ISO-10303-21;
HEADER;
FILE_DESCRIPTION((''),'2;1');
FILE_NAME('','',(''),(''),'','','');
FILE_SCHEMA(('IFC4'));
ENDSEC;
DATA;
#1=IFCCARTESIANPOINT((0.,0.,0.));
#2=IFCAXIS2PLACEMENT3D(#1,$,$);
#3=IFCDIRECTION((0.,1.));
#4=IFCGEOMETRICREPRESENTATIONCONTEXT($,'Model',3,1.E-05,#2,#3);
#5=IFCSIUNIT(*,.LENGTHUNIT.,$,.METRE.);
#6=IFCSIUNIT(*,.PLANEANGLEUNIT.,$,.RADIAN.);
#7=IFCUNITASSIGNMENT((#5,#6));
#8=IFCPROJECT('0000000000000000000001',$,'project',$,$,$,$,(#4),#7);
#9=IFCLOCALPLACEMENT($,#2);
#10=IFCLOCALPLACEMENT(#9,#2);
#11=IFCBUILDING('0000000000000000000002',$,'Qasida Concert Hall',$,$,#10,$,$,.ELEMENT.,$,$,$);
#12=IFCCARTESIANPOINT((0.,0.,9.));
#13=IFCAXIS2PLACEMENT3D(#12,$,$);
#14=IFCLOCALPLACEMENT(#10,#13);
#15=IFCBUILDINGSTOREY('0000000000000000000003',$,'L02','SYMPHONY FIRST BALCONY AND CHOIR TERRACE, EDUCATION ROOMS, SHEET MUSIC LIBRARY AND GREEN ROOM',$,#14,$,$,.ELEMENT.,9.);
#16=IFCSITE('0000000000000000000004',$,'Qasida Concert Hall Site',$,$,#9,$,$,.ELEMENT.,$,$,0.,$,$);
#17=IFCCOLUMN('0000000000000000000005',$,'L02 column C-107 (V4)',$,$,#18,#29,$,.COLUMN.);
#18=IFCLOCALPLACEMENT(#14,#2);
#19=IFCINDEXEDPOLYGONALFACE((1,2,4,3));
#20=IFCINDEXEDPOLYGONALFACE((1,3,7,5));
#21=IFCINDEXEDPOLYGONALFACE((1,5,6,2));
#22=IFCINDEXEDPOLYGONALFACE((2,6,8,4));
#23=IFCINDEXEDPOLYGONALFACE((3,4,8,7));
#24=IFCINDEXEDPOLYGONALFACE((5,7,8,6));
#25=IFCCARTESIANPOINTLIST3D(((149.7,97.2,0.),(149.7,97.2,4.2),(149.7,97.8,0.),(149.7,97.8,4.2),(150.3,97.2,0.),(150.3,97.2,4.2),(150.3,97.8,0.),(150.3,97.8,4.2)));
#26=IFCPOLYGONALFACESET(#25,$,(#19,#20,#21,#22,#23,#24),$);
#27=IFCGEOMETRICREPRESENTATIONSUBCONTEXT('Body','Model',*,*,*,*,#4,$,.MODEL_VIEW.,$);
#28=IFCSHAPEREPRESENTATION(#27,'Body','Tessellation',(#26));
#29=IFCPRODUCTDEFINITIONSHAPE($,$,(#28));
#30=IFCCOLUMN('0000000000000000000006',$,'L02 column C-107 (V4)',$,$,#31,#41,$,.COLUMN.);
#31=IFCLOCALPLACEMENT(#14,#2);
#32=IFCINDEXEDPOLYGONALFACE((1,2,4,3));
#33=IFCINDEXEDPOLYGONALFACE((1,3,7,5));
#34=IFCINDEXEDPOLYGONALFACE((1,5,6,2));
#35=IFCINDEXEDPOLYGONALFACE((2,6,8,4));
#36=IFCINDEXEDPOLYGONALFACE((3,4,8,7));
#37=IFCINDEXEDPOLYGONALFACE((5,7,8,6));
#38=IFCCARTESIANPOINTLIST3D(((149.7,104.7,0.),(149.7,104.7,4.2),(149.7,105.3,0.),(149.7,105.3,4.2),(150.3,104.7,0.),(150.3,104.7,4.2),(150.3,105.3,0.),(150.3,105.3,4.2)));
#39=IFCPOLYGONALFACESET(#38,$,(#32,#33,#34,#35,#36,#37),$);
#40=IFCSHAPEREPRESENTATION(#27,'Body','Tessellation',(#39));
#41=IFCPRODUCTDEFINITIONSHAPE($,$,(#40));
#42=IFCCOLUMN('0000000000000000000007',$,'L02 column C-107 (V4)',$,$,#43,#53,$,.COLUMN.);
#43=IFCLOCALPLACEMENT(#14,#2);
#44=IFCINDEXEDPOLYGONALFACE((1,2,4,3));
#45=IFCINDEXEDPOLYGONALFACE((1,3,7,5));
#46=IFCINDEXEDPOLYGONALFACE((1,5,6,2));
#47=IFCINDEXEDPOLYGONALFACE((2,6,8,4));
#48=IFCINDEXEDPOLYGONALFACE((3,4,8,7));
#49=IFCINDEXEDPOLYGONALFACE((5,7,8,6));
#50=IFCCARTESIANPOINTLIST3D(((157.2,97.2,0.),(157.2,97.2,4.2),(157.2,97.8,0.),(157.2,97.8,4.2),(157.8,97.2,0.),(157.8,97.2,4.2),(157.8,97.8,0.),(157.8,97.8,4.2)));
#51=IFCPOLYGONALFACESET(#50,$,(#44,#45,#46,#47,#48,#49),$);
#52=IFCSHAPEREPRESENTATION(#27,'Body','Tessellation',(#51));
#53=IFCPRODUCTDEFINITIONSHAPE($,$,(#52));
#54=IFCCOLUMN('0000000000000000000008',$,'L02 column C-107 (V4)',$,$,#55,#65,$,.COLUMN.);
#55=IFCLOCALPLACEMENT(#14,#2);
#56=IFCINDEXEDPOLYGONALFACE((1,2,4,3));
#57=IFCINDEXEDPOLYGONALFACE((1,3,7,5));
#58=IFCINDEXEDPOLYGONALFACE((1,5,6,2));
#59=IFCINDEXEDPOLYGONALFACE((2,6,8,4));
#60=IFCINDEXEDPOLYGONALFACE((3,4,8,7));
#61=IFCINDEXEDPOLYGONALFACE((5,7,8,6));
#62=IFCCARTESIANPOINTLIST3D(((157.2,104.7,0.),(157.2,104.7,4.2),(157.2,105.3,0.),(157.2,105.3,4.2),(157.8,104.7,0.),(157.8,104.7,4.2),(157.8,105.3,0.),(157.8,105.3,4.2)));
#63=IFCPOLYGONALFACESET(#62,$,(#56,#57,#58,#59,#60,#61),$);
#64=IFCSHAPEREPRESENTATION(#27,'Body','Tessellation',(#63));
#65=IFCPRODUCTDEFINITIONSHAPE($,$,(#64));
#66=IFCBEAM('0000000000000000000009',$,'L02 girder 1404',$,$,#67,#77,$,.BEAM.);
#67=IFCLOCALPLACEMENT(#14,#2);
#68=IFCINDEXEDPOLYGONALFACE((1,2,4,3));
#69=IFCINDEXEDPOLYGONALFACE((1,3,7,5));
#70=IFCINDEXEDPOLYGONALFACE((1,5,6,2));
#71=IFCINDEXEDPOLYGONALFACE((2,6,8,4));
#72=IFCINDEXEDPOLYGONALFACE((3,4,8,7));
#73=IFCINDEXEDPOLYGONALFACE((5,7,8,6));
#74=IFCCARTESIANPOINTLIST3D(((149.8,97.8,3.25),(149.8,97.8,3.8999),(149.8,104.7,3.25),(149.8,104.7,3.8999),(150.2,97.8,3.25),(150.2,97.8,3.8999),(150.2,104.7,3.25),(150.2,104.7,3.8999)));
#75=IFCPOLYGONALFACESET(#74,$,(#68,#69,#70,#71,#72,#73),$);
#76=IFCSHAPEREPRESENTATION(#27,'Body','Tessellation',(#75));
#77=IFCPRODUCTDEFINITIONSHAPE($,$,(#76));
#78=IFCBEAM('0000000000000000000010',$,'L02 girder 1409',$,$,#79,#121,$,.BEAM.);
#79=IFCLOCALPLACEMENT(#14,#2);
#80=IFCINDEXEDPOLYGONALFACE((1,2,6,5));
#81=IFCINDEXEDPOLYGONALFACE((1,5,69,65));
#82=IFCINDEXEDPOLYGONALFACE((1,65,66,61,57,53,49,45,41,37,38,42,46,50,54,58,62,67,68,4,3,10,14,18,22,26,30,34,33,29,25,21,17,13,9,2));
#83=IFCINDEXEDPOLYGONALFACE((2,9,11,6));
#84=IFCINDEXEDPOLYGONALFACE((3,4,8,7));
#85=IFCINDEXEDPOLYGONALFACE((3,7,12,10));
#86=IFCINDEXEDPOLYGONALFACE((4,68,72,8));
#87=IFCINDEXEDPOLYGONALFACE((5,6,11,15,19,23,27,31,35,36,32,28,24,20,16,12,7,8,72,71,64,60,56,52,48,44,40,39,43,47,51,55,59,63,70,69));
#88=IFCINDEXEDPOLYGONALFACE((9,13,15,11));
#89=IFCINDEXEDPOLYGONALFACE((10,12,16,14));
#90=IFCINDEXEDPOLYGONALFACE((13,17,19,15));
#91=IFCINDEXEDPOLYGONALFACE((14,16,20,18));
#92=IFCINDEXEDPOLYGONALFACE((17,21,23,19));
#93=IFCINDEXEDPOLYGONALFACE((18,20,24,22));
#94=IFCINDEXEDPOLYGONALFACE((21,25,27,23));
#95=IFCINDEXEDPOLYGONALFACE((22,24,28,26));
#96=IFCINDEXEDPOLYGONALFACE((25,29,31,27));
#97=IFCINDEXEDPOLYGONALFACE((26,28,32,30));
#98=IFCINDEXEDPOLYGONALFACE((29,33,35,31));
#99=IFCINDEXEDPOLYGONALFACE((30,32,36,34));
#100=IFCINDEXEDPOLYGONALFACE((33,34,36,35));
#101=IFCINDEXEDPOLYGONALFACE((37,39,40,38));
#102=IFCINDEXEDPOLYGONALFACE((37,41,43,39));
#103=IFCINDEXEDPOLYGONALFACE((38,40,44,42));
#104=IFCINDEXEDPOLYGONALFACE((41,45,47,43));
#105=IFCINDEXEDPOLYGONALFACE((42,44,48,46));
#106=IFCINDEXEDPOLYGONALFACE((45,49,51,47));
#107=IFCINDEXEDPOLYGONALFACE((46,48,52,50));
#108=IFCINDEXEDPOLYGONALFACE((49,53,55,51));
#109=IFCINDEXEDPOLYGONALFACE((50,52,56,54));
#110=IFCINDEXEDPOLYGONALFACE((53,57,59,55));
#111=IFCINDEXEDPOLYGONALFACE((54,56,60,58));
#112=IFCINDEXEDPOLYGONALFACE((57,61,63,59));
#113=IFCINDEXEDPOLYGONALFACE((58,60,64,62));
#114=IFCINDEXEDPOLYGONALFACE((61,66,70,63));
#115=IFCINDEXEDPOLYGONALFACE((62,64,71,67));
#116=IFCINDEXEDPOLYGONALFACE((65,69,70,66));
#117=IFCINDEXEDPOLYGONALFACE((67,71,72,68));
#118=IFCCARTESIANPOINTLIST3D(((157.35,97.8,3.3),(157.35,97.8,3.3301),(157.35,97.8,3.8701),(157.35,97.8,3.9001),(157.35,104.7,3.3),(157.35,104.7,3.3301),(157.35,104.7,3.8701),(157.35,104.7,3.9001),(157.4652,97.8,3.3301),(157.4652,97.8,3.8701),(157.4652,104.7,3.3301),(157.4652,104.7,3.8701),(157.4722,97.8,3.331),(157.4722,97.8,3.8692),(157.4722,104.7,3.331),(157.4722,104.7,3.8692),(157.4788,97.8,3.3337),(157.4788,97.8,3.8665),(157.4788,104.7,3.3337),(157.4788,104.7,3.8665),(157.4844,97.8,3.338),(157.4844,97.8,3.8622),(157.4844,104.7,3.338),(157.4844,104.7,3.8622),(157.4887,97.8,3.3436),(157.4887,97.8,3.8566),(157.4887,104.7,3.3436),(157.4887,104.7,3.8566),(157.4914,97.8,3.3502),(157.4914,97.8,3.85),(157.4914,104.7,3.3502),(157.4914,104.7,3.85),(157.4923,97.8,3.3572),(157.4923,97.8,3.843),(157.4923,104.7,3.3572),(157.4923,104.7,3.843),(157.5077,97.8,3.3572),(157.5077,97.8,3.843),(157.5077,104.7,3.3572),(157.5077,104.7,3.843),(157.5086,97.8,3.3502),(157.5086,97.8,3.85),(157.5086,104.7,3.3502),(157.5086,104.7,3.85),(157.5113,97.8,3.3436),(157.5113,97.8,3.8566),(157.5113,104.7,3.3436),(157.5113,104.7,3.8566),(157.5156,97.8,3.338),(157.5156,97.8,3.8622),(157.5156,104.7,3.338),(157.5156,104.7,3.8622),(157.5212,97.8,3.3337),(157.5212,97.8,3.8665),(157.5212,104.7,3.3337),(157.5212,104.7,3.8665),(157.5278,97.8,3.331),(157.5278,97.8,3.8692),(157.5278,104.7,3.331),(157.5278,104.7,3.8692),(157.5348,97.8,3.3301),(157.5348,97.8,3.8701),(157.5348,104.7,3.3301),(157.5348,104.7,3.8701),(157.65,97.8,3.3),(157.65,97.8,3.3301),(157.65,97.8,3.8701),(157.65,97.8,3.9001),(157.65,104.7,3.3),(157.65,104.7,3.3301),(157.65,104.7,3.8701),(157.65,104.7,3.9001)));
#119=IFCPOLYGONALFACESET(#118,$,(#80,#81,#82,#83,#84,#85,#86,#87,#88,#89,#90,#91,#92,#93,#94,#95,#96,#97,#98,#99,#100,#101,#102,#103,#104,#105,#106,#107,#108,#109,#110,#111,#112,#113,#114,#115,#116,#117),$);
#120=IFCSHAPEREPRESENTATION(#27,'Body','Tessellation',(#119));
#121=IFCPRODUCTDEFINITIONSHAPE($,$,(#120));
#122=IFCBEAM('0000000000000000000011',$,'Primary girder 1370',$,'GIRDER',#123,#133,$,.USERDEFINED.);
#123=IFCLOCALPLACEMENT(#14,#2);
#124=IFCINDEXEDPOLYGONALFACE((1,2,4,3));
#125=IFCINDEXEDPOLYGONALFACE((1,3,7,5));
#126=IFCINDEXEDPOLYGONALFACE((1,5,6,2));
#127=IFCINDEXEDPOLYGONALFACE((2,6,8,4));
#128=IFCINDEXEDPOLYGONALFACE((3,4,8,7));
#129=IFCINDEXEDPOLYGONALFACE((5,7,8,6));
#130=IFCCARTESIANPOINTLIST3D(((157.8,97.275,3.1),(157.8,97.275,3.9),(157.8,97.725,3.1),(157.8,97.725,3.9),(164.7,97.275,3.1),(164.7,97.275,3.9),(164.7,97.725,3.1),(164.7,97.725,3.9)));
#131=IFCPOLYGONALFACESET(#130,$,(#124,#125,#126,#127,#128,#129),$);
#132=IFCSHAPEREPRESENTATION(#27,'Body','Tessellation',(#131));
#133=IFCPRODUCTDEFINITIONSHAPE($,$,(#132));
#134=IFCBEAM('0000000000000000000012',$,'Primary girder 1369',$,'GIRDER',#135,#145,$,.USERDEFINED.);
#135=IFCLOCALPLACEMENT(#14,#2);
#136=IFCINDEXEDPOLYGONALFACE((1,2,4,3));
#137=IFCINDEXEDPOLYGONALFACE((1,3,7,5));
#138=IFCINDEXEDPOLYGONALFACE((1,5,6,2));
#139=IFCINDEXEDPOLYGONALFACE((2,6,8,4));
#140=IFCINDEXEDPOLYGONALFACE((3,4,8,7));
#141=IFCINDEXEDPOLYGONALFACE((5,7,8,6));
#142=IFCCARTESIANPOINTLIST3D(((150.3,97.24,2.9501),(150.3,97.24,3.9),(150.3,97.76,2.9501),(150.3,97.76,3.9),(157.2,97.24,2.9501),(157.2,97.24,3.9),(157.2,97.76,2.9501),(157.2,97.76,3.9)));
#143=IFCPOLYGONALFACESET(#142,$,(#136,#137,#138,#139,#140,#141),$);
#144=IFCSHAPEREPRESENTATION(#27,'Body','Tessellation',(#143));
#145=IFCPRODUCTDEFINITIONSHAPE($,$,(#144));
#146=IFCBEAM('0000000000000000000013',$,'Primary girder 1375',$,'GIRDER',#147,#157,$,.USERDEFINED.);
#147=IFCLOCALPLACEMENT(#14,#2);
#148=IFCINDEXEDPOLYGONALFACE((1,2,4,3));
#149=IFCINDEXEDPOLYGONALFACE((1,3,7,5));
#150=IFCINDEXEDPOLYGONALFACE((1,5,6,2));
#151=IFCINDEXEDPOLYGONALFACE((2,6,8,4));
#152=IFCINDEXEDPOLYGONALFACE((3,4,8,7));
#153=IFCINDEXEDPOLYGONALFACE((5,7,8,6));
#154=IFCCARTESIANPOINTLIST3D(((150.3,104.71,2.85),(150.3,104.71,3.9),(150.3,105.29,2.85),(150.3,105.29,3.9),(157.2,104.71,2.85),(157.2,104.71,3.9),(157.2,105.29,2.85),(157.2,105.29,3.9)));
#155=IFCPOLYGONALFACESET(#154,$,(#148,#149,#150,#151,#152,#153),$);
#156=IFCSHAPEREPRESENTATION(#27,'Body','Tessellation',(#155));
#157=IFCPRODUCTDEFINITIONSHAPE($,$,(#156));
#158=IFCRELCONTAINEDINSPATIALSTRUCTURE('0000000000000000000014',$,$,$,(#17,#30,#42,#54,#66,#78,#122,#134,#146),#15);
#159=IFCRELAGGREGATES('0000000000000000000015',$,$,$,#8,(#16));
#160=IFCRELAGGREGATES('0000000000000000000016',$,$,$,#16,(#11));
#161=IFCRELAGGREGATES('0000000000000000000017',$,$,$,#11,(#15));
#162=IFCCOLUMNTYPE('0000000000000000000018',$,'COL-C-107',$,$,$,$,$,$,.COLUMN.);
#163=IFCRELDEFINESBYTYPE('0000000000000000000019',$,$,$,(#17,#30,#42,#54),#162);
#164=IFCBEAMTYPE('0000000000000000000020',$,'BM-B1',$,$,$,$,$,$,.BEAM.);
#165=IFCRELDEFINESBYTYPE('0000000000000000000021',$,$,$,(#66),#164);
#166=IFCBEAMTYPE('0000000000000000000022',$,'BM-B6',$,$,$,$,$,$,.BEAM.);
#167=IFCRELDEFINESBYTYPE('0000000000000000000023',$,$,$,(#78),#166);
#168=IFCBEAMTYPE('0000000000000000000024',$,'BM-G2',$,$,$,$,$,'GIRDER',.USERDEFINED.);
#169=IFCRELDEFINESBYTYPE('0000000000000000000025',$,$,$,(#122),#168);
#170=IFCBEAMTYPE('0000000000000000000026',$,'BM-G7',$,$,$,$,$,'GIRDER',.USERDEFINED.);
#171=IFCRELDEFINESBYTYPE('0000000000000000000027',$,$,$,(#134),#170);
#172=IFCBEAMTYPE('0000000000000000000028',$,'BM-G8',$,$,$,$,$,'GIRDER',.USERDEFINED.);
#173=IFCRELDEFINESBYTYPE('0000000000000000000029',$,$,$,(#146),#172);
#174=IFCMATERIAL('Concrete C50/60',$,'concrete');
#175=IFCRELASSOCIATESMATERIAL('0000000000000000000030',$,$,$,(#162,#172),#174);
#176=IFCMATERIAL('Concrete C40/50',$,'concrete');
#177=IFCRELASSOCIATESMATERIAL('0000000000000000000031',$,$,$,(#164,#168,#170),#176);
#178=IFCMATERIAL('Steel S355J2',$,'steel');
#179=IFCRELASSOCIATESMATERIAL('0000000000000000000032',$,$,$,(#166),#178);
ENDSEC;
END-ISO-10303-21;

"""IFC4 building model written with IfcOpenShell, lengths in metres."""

from ifc_helpers import new_model, si_unit, direction, frame, origin, origin_2d, place, context, subcontext, project, spatial, rectangle, i_section, extrude, material, material_profile, profile_set, type_object, element, save


model = new_model("IFC4")

# Units and contexts
model_context = context("Model", 3, precision=1e-05, world=origin(), true_north=direction((0.0, 1.0)))
body_context = subcontext(model_context, "Body", "Model", "MODEL_VIEW")
ifc_project = project(units=[si_unit("LENGTHUNIT", "METRE"), si_unit("PLANEANGLEUNIT", "RADIAN")], contexts=[model_context])

# Site, building, storey
site_placement = place(None, origin())
site = spatial("IfcSite", under=ifc_project, at=site_placement, Name="Qasida Concert Hall Site", CompositionType="ELEMENT", RefElevation=0.0)
building_placement = place(site_placement, origin())
building = spatial("IfcBuilding", under=site, at=building_placement, Name="Qasida Concert Hall", CompositionType="ELEMENT")
storey_placement = place(building_placement, frame((0.0, 0.0, 9.0)))
storey = spatial("IfcBuildingStorey", under=building, at=storey_placement, Name="L02", Description="SYMPHONY FIRST BALCONY AND CHOIR TERRACE, EDUCATION ROOMS, SHEET MUSIC LIBRARY AND GREEN ROOM", CompositionType="ELEMENT", Elevation=9.0)

# Columns
ifc_material_1 = material(Name="Concrete C50/60", Category="concrete")
ifc_material_profile_1 = material_profile(ifc_material_1, rectangle(XDim=0.6001, YDim=0.6001, at=origin_2d()), Name="RC 600x600")
ifc_profile_set_1 = profile_set([ifc_material_profile_1], Name="Concrete C50/60")
column_type = type_object("IfcColumnType", Name="COL-C-107", PredefinedType="COLUMN", material=ifc_profile_set_1)
for number, where, z_axis, x_axis, name in (
    (1, (150.0, 97.5, 0.0), (0.0, 0.0, 1.0), (1.0, 0.0, 0.0), "L02 column C-107 (V4)"),
    (2, (150.0, 105.0, 0.0), (0.0, 0.0, 1.0), (1.0, 0.0, 0.0), "L02 column C-107 (V4)"),
    (3, (157.5, 97.5, 0.0), (0.0, 0.0, 1.0), (1.0, 0.0, 0.0), "L02 column C-107 (V4)"),
    (4, (157.5, 105.0, 0.0), (0.0, 0.0, 1.0), (1.0, 0.0, 0.0), "L02 column C-107 (V4)"),
):
    element("IfcColumn", number, at=place(storey_placement, frame(where, z_axis=z_axis, x_axis=x_axis)), inside=storey, type_object=column_type, Name=name, PredefinedType="COLUMN", context=body_context, shape_type="SweptSolid", body=[
        extrude(rectangle(XDim=0.6001, YDim=0.6001, at=origin_2d()), origin(), (0.0, 0.0, 1.0), 4.2),
    ])

# Beams
ifc_material_2 = material(Name="Concrete C40/50", Category="concrete")
ifc_material_profile_2 = material_profile(ifc_material_2, rectangle(XDim=0.3999, YDim=0.6499, at=origin_2d()), Name="RC 400x650")
ifc_profile_set_2 = profile_set([ifc_material_profile_2], Name="Concrete C40/50")
beam_type_1 = type_object("IfcBeamType", Name="BM-B1", PredefinedType="BEAM", material=ifc_profile_set_2)
beam_1_placement = place(storey_placement, frame((150.0, 97.8, 3.575), z_axis=(0.0, 1.0, 0.0), x_axis=(-1.0, 0.0, 0.0)))
element("IfcBeam", 5, at=beam_1_placement, inside=storey, type_object=beam_type_1, Name="L02 girder 1404", PredefinedType="BEAM", context=body_context, shape_type="SweptSolid", body=[
    extrude(rectangle(XDim=0.3999, YDim=0.6499, at=origin_2d()), origin(), (0.0, 0.0, 1.0), 6.8999),
])
ifc_material_3 = material(Name="Steel S355J2", Category="steel")
ifc_material_profile_3 = material_profile(ifc_material_3, i_section(OverallWidth=0.3, OverallDepth=0.6001, WebThickness=0.0154, FlangeThickness=0.03, FilletRadius=0.0271, at=origin_2d()), Name="HEB 600")
ifc_profile_set_3 = profile_set([ifc_material_profile_3], Name="Steel S355J2")
beam_type_2 = type_object("IfcBeamType", Name="BM-B6", PredefinedType="BEAM", material=ifc_profile_set_3)
beam_2_placement = place(storey_placement, frame((157.5, 97.8, 3.6001), z_axis=(0.0, 1.0, 0.0), x_axis=(-1.0, 0.0, 0.0)))
element("IfcBeam", 6, at=beam_2_placement, inside=storey, type_object=beam_type_2, Name="L02 girder 1409", PredefinedType="BEAM", context=body_context, shape_type="SweptSolid", body=[
    extrude(i_section(OverallWidth=0.3, OverallDepth=0.6001, WebThickness=0.0154, FlangeThickness=0.03, FilletRadius=0.0271, at=origin_2d()), origin(), (0.0, 0.0, 1.0), 6.8999),
])
ifc_material_profile_4 = material_profile(ifc_material_2, rectangle(XDim=0.45, YDim=0.8, at=origin_2d()), Name="RC 450x800")
ifc_profile_set_4 = profile_set([ifc_material_profile_4], Name="Concrete C40/50")
beam_type_3 = type_object("IfcBeamType", Name="BM-G2", ElementType="GIRDER", PredefinedType="USERDEFINED", material=ifc_profile_set_4)
beam_3_placement = place(storey_placement, frame((157.8, 97.5, 3.5), z_axis=(1.0, 0.0, 0.0), x_axis=(0.0, 1.0, 0.0)))
element("IfcBeam", 7, at=beam_3_placement, inside=storey, type_object=beam_type_3, Name="Primary girder 1370", ObjectType="GIRDER", PredefinedType="USERDEFINED", context=body_context, shape_type="SweptSolid", body=[
    extrude(rectangle(XDim=0.45, YDim=0.8, at=origin_2d()), origin(), (0.0, 0.0, 1.0), 6.8999),
])
ifc_material_profile_5 = material_profile(ifc_material_2, rectangle(XDim=0.52, YDim=0.95, at=origin_2d()), Name="RC 520x950")
ifc_profile_set_5 = profile_set([ifc_material_profile_5], Name="Concrete C40/50")
beam_type_4 = type_object("IfcBeamType", Name="BM-G7", ElementType="GIRDER", PredefinedType="USERDEFINED", material=ifc_profile_set_5)
beam_4_placement = place(storey_placement, frame((150.3, 97.5, 3.425), z_axis=(1.0, 0.0, 0.0), x_axis=(0.0, 1.0, 0.0)))
element("IfcBeam", 8, at=beam_4_placement, inside=storey, type_object=beam_type_4, Name="Primary girder 1369", ObjectType="GIRDER", PredefinedType="USERDEFINED", context=body_context, shape_type="SweptSolid", body=[
    extrude(rectangle(XDim=0.52, YDim=0.95, at=origin_2d()), origin(), (0.0, 0.0, 1.0), 6.8999),
])
ifc_material_profile_6 = material_profile(ifc_material_1, rectangle(XDim=0.5801, YDim=1.05, at=origin_2d()), Name="RC 580x1050")
ifc_profile_set_6 = profile_set([ifc_material_profile_6], Name="Concrete C50/60")
beam_type_5 = type_object("IfcBeamType", Name="BM-G8", ElementType="GIRDER", PredefinedType="USERDEFINED", material=ifc_profile_set_6)
beam_5_placement = place(storey_placement, frame((150.3, 105.0, 3.375), z_axis=(1.0, 0.0, 0.0), x_axis=(0.0, 1.0, 0.0)))
element("IfcBeam", 9, at=beam_5_placement, inside=storey, type_object=beam_type_5, Name="Primary girder 1375", ObjectType="GIRDER", PredefinedType="USERDEFINED", context=body_context, shape_type="SweptSolid", body=[
    extrude(rectangle(XDim=0.5801, YDim=1.05, at=origin_2d()), origin(), (0.0, 0.0, 1.0), 6.8999),
])

save(model, "model.ifc")
